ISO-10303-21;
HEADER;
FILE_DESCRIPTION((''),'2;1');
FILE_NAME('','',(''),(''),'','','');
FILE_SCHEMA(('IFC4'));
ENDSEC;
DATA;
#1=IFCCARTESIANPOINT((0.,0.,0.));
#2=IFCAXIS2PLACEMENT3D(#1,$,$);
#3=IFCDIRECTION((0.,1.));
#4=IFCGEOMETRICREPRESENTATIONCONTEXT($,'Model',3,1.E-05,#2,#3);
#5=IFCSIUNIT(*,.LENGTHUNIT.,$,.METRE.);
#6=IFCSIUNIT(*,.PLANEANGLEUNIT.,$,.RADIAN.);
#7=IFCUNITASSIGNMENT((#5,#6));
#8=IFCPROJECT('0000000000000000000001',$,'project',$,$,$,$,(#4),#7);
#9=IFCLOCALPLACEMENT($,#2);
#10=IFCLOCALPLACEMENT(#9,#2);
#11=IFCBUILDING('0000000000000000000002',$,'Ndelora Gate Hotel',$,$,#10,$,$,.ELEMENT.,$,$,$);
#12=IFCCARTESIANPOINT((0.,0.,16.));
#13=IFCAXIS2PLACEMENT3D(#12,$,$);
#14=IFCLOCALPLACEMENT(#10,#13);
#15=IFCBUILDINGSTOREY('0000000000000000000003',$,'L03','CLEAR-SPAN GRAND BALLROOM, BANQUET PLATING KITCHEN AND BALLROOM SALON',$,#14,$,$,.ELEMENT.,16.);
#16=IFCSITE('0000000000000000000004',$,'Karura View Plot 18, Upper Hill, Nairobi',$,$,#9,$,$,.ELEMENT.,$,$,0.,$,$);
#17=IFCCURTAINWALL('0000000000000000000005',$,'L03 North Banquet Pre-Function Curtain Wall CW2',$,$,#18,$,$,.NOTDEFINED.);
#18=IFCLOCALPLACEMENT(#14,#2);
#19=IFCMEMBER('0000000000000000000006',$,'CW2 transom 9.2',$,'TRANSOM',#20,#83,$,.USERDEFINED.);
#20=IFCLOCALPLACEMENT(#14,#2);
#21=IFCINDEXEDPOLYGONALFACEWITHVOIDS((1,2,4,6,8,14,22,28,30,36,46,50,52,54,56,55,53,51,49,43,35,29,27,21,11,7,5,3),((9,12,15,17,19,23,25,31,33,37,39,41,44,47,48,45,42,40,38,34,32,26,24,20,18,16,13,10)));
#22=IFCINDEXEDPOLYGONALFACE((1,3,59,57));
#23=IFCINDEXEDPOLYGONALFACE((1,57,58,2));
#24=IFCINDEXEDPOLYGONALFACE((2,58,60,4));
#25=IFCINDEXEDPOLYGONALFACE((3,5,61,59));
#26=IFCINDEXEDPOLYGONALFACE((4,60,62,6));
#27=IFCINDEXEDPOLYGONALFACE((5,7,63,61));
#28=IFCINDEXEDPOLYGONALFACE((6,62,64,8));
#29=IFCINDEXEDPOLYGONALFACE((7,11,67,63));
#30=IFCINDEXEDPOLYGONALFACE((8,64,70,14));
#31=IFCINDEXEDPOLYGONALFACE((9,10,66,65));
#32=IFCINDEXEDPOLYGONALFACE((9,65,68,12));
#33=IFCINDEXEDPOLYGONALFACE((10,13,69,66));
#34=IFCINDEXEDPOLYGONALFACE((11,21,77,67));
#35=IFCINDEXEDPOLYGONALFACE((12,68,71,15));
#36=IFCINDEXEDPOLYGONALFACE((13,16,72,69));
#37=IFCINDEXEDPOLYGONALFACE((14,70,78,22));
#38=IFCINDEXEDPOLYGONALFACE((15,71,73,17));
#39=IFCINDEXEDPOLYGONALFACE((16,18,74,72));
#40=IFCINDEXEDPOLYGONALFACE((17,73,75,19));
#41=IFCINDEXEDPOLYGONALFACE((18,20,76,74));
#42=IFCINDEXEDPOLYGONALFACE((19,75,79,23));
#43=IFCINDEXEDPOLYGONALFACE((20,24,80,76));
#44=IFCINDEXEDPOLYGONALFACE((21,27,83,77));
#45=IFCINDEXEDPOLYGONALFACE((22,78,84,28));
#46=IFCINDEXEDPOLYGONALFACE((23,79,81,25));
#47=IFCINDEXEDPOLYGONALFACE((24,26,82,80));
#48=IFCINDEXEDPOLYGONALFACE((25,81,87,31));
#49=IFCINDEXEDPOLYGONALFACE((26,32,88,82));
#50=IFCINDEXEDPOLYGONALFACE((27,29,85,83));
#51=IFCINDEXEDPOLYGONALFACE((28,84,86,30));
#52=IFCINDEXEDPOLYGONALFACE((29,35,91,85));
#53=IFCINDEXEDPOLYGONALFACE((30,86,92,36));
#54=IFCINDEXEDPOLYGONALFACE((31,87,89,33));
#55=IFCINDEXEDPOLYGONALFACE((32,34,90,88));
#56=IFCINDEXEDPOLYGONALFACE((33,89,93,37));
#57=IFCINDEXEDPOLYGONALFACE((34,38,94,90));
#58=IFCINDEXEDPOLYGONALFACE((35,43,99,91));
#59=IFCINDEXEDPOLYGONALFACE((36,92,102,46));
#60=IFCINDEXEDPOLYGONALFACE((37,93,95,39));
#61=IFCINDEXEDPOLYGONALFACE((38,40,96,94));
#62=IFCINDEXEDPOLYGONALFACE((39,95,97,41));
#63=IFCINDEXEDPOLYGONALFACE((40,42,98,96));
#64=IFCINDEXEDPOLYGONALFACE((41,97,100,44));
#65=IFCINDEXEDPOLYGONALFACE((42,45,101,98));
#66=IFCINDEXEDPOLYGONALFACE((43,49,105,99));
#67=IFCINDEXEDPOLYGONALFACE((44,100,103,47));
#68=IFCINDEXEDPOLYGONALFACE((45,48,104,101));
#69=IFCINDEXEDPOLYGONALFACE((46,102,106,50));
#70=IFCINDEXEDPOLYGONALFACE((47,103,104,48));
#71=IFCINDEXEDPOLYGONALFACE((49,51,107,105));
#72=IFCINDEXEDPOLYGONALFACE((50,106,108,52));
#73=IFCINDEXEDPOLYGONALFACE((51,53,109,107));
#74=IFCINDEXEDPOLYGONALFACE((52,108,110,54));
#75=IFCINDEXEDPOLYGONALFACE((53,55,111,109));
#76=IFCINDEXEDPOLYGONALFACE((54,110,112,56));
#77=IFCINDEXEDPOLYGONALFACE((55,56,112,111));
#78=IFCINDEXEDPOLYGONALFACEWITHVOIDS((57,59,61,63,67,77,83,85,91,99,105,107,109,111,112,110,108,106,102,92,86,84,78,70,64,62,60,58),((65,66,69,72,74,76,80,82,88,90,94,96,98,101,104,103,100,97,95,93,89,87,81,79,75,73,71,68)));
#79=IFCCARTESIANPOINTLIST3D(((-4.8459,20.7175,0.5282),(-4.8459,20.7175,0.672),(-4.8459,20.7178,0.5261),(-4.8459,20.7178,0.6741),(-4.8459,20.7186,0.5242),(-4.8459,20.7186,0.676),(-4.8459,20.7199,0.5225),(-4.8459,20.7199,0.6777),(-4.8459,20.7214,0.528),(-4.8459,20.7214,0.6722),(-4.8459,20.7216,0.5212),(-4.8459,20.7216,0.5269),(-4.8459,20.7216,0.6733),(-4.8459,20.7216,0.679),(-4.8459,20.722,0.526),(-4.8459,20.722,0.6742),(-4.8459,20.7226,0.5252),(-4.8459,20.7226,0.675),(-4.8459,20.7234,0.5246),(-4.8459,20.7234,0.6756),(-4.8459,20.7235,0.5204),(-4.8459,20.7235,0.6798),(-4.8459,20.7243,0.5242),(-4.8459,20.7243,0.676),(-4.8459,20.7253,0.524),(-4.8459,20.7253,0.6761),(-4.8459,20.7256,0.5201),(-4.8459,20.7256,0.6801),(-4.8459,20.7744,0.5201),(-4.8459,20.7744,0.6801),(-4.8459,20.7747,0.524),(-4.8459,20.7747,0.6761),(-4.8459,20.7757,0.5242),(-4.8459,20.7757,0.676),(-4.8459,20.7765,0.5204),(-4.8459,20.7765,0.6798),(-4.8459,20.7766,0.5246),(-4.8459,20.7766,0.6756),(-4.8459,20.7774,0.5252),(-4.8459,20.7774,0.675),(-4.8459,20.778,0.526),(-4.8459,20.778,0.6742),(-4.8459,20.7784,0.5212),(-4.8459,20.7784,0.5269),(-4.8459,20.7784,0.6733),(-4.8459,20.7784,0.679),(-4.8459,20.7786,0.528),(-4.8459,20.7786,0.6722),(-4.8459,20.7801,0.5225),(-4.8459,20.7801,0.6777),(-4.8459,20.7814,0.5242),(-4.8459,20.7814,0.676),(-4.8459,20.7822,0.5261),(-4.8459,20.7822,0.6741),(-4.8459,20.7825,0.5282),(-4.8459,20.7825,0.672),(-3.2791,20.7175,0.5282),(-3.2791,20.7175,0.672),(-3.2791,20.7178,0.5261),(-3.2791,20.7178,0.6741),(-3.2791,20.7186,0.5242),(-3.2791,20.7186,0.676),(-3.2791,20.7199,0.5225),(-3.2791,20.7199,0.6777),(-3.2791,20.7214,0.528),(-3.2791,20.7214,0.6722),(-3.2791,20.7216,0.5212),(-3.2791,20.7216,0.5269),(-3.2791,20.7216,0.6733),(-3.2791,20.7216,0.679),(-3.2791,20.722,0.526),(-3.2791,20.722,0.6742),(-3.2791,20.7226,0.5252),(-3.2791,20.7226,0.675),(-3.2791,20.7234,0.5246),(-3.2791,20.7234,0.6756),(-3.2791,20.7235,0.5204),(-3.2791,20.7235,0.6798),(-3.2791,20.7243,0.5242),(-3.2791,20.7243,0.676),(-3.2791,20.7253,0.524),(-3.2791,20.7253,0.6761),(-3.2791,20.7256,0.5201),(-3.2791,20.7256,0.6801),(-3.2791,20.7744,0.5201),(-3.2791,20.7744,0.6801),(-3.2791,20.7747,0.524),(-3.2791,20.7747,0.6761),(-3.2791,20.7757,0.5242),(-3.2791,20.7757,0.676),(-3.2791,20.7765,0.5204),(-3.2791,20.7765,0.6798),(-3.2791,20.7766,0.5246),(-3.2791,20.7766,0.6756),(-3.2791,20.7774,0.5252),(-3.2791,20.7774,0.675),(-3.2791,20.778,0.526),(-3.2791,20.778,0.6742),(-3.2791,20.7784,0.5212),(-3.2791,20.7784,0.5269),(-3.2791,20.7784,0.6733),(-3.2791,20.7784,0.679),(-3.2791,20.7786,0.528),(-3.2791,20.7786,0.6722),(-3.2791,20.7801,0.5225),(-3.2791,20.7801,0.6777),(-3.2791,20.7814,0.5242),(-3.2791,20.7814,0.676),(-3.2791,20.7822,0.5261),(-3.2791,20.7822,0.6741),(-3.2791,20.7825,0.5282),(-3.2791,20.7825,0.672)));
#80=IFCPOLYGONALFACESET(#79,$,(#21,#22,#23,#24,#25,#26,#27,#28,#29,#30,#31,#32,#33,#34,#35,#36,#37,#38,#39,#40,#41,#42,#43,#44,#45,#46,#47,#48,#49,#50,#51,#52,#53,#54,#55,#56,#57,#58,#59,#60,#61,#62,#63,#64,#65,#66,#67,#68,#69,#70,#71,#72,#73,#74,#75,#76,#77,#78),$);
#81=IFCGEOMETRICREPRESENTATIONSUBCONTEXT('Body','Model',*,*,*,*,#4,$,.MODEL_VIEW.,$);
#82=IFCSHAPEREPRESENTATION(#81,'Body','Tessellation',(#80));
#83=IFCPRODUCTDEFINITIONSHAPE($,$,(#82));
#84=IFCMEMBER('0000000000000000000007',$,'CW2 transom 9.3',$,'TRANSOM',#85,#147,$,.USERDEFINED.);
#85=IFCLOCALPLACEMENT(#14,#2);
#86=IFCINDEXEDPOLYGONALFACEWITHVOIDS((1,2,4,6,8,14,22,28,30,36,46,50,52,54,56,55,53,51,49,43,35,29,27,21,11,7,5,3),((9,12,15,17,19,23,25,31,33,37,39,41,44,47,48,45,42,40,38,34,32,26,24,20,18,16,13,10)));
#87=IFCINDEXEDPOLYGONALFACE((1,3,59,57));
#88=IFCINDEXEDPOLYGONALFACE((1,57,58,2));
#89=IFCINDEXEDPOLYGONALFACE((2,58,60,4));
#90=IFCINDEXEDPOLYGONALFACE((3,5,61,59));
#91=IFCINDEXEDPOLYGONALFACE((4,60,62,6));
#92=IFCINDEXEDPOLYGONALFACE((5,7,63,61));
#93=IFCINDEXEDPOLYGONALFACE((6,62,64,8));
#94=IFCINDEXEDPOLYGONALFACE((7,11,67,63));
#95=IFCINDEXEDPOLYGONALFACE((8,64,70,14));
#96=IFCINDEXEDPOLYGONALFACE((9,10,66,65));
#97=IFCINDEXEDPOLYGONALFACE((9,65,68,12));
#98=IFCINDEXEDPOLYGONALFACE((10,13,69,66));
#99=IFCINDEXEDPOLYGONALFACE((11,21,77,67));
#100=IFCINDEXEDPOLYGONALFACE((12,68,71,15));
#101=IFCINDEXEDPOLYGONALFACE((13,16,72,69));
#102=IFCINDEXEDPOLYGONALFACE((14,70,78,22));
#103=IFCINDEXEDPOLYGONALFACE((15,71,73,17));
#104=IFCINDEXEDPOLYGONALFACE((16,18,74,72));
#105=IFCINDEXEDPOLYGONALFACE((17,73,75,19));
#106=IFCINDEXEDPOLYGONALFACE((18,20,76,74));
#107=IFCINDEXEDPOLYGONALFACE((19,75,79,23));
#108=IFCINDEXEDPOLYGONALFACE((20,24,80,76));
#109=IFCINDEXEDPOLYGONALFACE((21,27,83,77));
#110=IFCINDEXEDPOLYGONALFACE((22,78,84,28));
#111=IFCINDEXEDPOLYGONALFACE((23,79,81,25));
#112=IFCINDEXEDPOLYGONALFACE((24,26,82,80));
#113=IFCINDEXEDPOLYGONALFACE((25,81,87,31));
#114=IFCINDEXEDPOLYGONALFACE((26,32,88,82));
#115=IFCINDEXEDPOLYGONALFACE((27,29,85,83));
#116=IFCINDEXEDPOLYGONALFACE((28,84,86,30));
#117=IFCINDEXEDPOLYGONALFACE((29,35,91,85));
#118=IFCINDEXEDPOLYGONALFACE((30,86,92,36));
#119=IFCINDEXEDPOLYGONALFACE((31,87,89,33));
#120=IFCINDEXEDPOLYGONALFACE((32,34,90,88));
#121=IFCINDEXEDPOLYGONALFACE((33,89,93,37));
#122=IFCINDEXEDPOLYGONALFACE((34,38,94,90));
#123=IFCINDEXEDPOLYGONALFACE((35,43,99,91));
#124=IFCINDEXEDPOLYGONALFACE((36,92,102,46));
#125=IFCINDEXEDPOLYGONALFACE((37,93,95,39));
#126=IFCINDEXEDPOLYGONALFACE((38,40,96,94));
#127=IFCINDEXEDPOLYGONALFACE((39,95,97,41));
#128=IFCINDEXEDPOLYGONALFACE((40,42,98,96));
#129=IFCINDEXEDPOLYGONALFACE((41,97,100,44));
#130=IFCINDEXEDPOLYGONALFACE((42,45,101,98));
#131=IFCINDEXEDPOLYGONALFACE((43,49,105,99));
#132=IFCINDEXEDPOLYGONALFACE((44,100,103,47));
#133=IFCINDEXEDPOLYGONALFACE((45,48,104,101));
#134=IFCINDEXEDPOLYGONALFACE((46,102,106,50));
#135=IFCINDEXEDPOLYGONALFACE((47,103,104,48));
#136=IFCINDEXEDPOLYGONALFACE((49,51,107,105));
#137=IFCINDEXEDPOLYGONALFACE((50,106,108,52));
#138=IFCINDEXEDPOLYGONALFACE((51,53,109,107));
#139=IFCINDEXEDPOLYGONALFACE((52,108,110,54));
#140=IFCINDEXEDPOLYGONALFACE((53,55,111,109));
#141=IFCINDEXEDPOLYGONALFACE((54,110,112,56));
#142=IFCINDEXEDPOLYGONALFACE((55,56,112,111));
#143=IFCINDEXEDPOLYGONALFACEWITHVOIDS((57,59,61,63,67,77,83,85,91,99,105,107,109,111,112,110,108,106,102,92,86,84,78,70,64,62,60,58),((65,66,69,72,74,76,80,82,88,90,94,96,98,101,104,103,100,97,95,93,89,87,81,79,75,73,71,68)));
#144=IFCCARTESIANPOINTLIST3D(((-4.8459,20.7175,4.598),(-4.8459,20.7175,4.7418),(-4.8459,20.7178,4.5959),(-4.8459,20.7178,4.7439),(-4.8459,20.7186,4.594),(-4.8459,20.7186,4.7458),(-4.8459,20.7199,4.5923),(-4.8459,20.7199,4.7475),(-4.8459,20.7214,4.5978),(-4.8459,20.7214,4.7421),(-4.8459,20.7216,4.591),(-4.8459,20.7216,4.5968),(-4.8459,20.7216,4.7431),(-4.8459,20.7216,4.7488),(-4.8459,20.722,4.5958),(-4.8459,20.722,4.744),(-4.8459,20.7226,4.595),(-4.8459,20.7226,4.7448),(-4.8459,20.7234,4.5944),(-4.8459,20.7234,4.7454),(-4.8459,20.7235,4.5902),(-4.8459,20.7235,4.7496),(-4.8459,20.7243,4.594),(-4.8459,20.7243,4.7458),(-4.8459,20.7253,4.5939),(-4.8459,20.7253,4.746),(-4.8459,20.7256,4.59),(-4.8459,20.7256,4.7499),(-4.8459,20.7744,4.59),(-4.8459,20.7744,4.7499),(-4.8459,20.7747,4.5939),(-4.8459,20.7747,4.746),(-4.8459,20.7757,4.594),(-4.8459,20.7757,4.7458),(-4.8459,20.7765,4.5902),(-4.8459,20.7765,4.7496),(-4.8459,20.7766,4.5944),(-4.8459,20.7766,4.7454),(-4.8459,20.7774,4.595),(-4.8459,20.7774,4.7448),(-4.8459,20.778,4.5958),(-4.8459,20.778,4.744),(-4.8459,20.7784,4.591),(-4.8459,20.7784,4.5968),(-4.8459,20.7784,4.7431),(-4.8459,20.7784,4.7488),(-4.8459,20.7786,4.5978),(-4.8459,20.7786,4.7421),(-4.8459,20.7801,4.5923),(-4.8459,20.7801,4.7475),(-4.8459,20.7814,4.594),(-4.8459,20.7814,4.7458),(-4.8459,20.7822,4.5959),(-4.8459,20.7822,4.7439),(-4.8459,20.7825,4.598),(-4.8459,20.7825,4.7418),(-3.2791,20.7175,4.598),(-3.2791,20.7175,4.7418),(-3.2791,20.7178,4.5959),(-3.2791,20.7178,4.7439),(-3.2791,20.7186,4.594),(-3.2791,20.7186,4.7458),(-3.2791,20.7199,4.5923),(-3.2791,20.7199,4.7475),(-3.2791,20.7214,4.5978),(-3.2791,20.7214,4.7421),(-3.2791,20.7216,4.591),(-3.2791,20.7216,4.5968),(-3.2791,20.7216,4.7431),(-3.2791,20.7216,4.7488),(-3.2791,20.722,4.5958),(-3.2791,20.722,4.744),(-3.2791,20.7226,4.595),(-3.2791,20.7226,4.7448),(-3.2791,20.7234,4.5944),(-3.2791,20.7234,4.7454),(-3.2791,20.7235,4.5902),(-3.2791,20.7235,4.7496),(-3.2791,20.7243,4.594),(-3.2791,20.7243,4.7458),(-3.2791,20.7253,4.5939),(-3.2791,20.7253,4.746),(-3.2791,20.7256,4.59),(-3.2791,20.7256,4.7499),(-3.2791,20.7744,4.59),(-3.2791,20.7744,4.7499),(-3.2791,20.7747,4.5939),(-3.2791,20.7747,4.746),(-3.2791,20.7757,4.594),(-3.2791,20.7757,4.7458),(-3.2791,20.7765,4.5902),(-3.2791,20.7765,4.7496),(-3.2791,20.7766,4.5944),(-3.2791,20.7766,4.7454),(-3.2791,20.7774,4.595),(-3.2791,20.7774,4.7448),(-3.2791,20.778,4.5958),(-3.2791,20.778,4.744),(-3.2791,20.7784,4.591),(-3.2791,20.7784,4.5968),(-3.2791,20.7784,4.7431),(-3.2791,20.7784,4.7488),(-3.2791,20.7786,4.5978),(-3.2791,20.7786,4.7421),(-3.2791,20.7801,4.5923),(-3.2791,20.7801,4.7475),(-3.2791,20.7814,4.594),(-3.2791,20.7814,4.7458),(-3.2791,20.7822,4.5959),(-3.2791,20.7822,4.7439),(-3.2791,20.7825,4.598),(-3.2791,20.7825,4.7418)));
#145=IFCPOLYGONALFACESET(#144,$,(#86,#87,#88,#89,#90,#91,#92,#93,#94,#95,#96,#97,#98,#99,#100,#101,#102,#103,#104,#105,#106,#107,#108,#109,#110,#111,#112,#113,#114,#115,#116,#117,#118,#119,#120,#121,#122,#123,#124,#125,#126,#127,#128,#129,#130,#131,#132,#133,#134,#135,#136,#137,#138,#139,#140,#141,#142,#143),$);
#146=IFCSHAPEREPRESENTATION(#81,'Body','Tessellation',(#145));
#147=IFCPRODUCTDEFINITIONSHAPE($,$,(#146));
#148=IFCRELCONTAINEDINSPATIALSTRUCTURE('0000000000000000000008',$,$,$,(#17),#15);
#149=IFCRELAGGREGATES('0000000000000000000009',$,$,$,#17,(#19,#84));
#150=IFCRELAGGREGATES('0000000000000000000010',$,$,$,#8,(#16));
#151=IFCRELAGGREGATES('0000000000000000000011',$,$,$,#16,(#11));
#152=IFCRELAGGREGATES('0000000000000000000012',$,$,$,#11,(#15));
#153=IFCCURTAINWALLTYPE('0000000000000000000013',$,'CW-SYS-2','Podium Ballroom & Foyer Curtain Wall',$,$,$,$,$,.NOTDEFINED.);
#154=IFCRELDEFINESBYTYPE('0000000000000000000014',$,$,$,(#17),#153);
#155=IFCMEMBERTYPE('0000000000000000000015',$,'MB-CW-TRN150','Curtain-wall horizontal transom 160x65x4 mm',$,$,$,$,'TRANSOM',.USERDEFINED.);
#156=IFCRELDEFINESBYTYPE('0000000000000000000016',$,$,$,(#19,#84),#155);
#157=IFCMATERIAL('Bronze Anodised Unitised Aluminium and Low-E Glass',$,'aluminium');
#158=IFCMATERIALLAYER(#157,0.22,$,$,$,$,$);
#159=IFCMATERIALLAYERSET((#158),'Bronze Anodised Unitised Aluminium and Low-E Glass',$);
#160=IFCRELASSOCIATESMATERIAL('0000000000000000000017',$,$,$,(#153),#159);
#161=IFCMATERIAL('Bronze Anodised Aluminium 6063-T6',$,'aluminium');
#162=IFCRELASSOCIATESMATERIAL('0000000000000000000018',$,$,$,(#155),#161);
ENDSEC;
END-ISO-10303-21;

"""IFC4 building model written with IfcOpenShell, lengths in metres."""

from ifc_helpers import new_model, si_unit, direction, frame, origin, origin_2d, place, context, subcontext, project, spatial, hollow_rectangle, extrude, material, layer, layer_set, material_profile, profile_set, type_object, element, aggregate, save


model = new_model("IFC4")

# Units and contexts
model_context = context("Model", 3, precision=1e-05, world=origin(), true_north=direction((0.0, 1.0)))
body_context = subcontext(model_context, "Body", "Model", "MODEL_VIEW")
ifc_project = project(units=[si_unit("LENGTHUNIT", "METRE"), si_unit("PLANEANGLEUNIT", "RADIAN")], contexts=[model_context])

# Site, building, storey
site_placement = place(None, origin())
site = spatial("IfcSite", under=ifc_project, at=site_placement, Name="Karura View Plot 18, Upper Hill, Nairobi", CompositionType="ELEMENT", RefElevation=0.0)
building_placement = place(site_placement, origin())
building = spatial("IfcBuilding", under=site, at=building_placement, Name="Ndelora Gate Hotel", CompositionType="ELEMENT")
storey_placement = place(building_placement, frame((0.0, 0.0, 16.0)))
storey = spatial("IfcBuildingStorey", under=building, at=storey_placement, Name="L03", Description="CLEAR-SPAN GRAND BALLROOM, BANQUET PLATING KITCHEN AND BALLROOM SALON", CompositionType="ELEMENT", Elevation=16.0)

# Curtain wall, members
ifc_material_1 = material(Name="Bronze Anodised Unitised Aluminium and Low-E Glass", Category="aluminium")
ifc_layer_1 = layer(ifc_material_1, 0.22)
ifc_layer_set_1 = layer_set([ifc_layer_1], Name="Bronze Anodised Unitised Aluminium and Low-E Glass")
curtain_wall_type = type_object("IfcCurtainWallType", Name="CW-SYS-2", Description="Podium Ballroom & Foyer Curtain Wall", PredefinedType="NOTDEFINED", material=ifc_layer_set_1)
curtain_wall_placement = place(storey_placement, origin())
curtain_wall = element("IfcCurtainWall", 1, at=curtain_wall_placement, inside=storey, type_object=curtain_wall_type, Name="L03 North Banquet Pre-Function Curtain Wall CW2", PredefinedType="NOTDEFINED")
ifc_material_2 = material(Name="Bronze Anodised Aluminium 6063-T6", Category="aluminium")
ifc_material_profile_1 = material_profile(ifc_material_2, hollow_rectangle(XDim=0.0649, YDim=0.1599, WallThickness=0.0039, InnerFilletRadius=0.0039, OuterFilletRadius=0.0081, at=origin_2d()), Name="ALU 160x65x4")
ifc_profile_set_1 = profile_set([ifc_material_profile_1], Name="Bronze Anodised Aluminium 6063-T6")
member_type_1 = type_object("IfcMemberType", Name="MB-CW-TRN150", Description="Curtain-wall horizontal transom 160x65x4 mm", ElementType="TRANSOM", PredefinedType="USERDEFINED", material=ifc_profile_set_1)
member_1_placement = place(storey_placement, frame((-3.2791, 20.75, 0.6001), z_axis=(-1.0, 0.0, 0.0), x_axis=(0.0, -1.0, 0.0)))
member_1 = element("IfcMember", 2, at=member_1_placement, type_object=member_type_1, Name="CW2 transom 9.2", ObjectType="TRANSOM", PredefinedType="USERDEFINED", context=body_context, shape_type="SweptSolid", body=[
    extrude(hollow_rectangle(XDim=0.0649, YDim=0.1599, WallThickness=0.0039, InnerFilletRadius=0.0039, OuterFilletRadius=0.0081, at=origin_2d()), origin(), (0.0, 0.0, 1.0), 1.5669),
])
member_2_placement = place(storey_placement, frame((-3.2791, 20.75, 4.6699), z_axis=(-1.0, 0.0, 0.0), x_axis=(0.0, -1.0, 0.0)))
member_2 = element("IfcMember", 3, at=member_2_placement, type_object=member_type_1, Name="CW2 transom 9.3", ObjectType="TRANSOM", PredefinedType="USERDEFINED", context=body_context, shape_type="SweptSolid", body=[
    extrude(hollow_rectangle(XDim=0.0649, YDim=0.1599, WallThickness=0.0039, InnerFilletRadius=0.0039, OuterFilletRadius=0.0081, at=origin_2d()), origin(), (0.0, 0.0, 1.0), 1.5669),
])
aggregate(curtain_wall, [member_1, member_2])

save(model, "model.ifc")
